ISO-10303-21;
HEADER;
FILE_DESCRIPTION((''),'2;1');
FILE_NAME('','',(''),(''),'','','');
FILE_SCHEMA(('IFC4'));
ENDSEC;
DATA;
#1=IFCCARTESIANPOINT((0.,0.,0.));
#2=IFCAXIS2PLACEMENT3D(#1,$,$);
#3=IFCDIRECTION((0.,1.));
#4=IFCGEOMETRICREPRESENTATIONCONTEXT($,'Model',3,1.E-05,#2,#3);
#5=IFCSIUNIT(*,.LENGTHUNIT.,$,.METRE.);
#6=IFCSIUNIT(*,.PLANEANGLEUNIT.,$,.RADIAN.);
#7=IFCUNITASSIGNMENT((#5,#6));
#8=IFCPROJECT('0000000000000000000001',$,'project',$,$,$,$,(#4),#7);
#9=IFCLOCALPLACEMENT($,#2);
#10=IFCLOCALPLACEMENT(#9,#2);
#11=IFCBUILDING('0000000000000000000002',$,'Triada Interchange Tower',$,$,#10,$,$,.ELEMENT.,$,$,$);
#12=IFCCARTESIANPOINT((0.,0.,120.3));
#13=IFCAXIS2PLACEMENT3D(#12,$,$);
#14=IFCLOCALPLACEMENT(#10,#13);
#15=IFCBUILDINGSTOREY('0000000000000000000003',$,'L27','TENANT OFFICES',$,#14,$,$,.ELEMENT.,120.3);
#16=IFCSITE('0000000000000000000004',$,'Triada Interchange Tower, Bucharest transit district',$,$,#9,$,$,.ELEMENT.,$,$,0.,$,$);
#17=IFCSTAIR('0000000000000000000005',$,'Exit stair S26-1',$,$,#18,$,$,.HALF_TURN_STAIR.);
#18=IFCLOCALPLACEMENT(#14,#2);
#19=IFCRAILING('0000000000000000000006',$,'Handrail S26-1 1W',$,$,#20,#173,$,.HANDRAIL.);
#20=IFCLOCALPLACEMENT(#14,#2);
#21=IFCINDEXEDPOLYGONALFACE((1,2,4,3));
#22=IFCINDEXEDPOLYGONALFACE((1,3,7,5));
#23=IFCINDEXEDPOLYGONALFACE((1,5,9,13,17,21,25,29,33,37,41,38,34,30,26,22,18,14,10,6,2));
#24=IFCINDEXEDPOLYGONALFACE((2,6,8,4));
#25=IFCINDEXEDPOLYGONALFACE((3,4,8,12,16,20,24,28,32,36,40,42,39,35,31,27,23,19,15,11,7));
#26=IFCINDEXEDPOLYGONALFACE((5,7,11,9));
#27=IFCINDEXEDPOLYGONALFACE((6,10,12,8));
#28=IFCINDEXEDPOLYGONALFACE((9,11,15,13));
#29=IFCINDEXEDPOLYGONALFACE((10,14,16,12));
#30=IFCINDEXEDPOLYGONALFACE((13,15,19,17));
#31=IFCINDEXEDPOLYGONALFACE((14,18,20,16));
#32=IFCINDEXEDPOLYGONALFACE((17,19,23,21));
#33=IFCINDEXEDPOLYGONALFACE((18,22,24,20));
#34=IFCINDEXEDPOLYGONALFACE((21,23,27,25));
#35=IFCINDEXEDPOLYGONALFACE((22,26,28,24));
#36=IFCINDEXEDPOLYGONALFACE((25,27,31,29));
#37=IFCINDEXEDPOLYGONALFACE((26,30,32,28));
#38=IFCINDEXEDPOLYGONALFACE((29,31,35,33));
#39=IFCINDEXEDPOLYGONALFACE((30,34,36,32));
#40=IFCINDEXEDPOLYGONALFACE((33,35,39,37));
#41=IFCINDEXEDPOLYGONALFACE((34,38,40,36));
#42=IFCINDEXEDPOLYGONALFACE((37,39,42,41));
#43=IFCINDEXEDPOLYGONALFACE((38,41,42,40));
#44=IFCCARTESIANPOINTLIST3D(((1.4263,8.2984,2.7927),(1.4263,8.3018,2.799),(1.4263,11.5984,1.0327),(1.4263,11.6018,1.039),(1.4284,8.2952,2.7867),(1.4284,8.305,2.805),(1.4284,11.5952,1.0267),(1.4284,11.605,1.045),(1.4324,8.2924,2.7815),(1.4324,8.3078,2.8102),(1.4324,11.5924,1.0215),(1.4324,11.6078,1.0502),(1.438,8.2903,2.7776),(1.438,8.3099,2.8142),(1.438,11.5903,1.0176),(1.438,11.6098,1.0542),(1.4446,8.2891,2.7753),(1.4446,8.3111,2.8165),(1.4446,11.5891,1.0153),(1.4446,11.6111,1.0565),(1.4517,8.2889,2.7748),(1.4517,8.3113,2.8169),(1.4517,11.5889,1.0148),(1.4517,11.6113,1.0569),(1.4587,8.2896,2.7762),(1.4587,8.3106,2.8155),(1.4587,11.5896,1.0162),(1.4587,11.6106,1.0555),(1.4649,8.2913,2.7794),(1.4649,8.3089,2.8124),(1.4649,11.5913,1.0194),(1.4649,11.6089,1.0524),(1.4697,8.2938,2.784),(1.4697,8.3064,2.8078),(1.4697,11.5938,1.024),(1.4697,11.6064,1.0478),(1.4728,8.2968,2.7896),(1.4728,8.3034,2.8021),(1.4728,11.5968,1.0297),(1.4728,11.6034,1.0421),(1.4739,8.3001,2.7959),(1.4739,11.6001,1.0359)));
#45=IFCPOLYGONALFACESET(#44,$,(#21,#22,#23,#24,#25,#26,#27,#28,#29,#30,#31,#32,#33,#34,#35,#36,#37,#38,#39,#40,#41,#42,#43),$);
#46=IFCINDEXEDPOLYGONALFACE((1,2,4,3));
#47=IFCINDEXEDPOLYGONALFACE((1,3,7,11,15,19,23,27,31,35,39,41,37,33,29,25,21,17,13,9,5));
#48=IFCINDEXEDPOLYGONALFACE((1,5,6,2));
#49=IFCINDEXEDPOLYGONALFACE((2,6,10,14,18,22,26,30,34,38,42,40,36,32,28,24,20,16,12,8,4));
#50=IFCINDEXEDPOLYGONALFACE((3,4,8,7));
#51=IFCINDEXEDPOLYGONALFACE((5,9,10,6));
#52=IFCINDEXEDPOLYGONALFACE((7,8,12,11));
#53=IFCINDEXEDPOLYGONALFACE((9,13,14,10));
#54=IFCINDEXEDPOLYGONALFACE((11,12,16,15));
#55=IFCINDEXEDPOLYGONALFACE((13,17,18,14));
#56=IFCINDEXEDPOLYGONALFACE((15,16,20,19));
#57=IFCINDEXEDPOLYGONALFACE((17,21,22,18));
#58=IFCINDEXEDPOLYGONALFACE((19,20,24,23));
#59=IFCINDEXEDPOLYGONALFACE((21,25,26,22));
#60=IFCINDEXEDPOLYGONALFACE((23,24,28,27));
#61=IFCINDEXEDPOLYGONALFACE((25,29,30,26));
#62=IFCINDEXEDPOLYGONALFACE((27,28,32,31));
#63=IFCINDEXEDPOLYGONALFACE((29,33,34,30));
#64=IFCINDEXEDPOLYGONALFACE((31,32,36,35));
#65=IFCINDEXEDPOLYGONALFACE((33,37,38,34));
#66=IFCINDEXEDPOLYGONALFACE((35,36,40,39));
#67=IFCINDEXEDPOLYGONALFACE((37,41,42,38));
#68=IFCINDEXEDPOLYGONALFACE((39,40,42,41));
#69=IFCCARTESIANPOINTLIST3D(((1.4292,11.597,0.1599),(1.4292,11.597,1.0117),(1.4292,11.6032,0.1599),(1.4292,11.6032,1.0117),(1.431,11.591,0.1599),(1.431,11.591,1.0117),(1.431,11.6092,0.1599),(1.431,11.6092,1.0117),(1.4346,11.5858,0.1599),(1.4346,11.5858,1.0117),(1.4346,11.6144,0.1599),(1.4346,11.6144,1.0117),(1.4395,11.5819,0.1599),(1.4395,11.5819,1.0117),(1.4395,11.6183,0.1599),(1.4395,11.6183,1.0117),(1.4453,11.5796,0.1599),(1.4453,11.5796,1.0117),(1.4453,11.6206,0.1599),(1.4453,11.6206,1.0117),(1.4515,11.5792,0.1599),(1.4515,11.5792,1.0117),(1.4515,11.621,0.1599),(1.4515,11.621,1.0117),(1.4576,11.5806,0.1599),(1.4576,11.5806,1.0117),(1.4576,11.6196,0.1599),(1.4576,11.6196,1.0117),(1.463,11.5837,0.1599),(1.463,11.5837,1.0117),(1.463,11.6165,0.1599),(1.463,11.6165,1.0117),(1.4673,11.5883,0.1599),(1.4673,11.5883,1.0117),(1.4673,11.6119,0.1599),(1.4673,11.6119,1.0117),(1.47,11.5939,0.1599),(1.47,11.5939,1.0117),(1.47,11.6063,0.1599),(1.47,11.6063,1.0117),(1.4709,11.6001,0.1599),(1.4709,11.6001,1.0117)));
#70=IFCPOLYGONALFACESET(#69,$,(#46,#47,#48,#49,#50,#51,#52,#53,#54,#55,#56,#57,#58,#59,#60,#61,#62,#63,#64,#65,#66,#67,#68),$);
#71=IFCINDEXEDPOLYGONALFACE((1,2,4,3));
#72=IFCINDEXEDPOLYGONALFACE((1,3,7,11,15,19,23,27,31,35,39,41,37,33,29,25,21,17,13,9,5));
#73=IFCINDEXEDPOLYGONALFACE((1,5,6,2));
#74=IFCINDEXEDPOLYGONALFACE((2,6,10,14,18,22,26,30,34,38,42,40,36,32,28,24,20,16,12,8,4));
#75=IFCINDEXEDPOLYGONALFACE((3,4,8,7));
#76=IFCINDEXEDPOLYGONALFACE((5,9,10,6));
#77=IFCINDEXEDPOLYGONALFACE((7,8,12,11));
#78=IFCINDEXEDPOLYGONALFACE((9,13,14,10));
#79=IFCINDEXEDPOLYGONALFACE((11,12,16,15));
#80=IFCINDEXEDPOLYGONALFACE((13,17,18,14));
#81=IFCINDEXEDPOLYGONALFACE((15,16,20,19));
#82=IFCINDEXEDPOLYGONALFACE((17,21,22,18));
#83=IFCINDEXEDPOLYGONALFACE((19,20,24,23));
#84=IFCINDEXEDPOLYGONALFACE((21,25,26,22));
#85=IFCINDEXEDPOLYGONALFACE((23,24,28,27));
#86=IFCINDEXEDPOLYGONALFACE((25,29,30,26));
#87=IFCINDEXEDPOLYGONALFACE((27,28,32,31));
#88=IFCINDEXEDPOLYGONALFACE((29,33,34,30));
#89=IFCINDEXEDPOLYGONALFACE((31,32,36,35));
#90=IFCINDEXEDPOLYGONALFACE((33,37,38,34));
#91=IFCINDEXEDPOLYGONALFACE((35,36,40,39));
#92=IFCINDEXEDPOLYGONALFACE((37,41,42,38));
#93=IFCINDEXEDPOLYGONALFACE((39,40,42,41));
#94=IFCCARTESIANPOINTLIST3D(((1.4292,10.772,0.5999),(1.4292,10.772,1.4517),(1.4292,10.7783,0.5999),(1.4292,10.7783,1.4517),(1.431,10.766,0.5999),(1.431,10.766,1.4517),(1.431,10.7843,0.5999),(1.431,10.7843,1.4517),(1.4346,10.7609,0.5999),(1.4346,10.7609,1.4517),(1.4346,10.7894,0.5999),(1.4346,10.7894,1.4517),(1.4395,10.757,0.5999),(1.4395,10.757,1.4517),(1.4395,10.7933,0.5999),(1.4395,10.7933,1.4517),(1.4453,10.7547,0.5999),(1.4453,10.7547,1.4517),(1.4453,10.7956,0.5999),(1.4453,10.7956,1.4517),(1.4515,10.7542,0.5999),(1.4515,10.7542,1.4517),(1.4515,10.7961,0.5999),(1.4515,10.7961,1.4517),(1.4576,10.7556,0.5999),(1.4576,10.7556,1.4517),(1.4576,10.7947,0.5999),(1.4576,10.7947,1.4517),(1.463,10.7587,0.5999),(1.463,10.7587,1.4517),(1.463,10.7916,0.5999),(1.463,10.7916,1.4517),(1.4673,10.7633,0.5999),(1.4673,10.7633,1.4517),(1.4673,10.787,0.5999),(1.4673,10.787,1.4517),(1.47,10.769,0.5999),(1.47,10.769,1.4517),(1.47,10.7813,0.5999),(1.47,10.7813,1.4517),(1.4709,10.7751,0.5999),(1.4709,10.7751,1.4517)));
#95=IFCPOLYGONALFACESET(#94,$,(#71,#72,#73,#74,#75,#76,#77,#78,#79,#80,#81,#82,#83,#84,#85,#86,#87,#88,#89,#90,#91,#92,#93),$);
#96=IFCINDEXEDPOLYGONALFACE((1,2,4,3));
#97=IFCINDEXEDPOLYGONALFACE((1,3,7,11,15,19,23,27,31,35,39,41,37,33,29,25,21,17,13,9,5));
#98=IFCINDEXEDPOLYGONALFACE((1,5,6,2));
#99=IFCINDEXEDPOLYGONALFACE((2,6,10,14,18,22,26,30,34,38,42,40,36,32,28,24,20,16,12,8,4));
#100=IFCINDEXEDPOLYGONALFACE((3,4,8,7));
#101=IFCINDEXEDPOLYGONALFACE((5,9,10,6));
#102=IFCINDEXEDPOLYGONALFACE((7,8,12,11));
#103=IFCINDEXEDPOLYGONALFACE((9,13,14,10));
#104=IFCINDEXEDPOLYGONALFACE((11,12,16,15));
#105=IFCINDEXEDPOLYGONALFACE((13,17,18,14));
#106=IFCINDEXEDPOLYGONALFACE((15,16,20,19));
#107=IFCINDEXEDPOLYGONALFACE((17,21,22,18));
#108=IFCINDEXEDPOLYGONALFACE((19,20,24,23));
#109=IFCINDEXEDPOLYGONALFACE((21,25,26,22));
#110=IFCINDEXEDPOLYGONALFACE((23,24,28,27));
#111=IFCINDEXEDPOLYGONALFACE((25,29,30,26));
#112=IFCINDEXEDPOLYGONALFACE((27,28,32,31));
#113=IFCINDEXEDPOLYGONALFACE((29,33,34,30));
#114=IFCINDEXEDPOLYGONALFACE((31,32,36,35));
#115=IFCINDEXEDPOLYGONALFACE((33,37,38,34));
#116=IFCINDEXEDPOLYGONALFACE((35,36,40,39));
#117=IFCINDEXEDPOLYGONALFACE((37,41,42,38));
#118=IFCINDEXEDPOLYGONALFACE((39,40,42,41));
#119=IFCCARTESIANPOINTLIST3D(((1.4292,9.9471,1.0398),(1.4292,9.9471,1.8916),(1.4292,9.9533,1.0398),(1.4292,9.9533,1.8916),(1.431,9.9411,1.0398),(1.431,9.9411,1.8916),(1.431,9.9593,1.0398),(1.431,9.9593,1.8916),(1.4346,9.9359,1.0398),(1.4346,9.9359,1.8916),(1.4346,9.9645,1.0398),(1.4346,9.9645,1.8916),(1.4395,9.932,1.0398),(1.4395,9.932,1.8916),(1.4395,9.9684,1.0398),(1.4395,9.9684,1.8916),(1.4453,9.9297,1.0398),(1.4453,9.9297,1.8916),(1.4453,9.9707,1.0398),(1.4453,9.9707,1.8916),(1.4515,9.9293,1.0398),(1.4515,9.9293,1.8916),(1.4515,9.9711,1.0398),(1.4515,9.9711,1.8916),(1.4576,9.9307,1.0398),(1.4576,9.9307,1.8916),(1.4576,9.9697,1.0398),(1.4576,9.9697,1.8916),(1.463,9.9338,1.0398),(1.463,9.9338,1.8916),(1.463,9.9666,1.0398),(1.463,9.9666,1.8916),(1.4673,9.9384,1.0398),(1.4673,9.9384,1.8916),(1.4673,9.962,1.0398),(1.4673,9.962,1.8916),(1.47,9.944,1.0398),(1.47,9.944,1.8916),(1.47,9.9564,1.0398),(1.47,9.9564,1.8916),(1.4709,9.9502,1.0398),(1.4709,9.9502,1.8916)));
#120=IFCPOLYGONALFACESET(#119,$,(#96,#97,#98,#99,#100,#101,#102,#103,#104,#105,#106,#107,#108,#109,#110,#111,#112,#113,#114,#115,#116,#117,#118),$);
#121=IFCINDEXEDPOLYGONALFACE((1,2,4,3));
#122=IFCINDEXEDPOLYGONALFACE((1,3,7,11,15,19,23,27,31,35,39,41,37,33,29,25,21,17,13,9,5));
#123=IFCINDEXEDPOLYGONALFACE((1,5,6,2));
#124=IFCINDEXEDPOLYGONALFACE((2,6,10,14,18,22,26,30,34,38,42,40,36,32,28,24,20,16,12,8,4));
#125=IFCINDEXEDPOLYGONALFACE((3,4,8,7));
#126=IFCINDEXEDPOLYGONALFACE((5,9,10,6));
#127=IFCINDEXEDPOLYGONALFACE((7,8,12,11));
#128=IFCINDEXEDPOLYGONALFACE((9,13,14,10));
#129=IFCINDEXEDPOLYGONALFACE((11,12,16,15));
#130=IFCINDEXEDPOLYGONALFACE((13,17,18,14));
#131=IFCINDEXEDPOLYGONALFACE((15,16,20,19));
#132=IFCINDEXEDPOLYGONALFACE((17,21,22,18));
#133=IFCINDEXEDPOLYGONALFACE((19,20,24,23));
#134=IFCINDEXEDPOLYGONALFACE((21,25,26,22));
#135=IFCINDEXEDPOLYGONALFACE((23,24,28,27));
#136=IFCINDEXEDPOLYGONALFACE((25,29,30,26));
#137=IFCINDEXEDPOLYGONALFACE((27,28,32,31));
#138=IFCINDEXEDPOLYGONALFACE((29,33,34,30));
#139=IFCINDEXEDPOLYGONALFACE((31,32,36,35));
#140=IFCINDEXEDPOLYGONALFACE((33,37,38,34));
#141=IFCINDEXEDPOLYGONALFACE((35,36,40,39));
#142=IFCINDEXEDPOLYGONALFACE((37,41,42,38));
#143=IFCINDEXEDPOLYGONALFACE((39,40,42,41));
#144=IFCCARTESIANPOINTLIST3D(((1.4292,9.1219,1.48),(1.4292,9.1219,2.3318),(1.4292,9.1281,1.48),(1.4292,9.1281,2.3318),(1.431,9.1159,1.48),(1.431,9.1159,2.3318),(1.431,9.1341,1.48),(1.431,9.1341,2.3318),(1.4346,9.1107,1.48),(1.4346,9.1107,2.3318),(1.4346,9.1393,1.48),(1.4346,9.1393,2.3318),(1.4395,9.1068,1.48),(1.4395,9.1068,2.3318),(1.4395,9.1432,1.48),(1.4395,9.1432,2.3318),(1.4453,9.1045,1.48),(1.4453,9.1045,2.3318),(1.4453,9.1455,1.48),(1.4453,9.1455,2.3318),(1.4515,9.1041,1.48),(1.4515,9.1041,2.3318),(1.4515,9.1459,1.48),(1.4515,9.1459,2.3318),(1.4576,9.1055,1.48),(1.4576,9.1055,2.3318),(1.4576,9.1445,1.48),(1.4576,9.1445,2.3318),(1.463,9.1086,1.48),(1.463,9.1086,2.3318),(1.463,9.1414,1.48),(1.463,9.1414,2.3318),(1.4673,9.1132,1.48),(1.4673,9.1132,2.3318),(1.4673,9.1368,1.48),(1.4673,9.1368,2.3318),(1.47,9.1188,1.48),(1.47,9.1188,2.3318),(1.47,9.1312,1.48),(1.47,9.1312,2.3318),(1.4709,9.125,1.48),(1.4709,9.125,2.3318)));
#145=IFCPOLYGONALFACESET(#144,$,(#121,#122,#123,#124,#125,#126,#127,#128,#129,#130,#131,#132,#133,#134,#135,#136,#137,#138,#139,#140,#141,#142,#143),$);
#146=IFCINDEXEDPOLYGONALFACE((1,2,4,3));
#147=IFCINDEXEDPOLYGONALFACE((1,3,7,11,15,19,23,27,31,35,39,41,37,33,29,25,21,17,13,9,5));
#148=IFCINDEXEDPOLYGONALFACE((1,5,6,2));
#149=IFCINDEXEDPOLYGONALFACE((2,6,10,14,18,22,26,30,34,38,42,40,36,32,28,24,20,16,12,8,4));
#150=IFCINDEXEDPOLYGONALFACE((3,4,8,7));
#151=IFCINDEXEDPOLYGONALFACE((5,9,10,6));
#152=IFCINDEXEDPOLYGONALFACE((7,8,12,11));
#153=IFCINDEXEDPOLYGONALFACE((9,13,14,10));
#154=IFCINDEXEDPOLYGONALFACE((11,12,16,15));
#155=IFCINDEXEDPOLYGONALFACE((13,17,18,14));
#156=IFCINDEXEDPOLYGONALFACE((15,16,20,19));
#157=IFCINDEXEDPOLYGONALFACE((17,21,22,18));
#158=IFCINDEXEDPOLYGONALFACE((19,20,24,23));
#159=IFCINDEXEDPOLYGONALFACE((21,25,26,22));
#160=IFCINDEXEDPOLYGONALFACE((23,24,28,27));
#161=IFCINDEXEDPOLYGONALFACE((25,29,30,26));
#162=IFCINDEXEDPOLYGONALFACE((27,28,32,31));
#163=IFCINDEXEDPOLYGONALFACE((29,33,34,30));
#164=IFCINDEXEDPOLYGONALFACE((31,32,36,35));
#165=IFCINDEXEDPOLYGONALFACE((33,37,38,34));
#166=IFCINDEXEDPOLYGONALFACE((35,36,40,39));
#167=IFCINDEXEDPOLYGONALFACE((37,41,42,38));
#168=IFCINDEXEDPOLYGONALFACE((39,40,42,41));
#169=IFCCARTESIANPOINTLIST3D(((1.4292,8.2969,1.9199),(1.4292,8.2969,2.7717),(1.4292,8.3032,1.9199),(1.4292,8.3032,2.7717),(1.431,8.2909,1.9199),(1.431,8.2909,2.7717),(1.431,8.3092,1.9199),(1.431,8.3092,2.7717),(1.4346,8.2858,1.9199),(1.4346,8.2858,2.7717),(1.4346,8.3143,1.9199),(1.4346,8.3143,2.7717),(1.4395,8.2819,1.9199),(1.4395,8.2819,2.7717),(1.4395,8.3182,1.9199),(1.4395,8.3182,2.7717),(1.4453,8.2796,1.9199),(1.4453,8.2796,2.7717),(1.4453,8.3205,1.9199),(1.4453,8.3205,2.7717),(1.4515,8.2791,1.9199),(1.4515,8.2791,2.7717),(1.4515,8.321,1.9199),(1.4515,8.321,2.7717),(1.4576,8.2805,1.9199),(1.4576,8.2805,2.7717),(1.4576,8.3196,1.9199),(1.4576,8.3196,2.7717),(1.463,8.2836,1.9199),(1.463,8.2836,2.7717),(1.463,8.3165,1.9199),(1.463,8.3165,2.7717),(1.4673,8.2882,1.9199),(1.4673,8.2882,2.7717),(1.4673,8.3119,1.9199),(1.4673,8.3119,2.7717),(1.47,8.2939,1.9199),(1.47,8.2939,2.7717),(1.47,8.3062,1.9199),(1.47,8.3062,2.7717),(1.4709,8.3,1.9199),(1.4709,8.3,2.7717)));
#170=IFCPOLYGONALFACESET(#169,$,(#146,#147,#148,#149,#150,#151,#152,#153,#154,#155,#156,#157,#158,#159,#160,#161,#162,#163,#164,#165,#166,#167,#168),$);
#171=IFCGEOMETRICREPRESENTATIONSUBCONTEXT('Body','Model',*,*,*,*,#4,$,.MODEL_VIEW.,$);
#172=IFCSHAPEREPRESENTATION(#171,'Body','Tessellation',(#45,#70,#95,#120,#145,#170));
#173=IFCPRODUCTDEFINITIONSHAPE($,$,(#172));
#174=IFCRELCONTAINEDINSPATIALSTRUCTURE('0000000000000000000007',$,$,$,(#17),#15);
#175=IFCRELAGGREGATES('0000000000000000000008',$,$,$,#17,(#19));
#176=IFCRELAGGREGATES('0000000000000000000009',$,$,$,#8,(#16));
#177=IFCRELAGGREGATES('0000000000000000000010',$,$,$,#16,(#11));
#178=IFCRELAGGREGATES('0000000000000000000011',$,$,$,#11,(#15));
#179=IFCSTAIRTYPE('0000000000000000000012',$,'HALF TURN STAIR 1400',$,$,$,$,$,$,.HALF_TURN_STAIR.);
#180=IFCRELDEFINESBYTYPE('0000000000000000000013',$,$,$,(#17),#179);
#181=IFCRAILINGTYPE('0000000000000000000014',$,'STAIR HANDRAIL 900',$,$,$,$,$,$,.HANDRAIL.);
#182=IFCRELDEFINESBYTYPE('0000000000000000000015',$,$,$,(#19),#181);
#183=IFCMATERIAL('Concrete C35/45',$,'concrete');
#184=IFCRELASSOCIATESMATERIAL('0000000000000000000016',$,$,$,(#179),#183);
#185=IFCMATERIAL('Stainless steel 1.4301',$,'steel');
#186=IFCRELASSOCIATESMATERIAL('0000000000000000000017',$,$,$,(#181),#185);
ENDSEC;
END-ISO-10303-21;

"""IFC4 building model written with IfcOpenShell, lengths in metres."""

from ifc_helpers import new_model, si_unit, direction, frame, origin, origin_2d, place, context, subcontext, project, spatial, circle, extrude, material, type_object, element, aggregate, save


model = new_model("IFC4")

# Units and contexts
model_context = context("Model", 3, precision=1e-05, world=origin(), true_north=direction((0.0, 1.0)))
body_context = subcontext(model_context, "Body", "Model", "MODEL_VIEW")
ifc_project = project(units=[si_unit("LENGTHUNIT", "METRE"), si_unit("PLANEANGLEUNIT", "RADIAN")], contexts=[model_context])

# Site, building, storey
site_placement = place(None, origin())
site = spatial("IfcSite", under=ifc_project, at=site_placement, Name="Triada Interchange Tower, Bucharest transit district", CompositionType="ELEMENT", RefElevation=0.0)
building_placement = place(site_placement, origin())
building = spatial("IfcBuilding", under=site, at=building_placement, Name="Triada Interchange Tower", CompositionType="ELEMENT")
storey_placement = place(building_placement, frame((0.0, 0.0, 120.3)))
storey = spatial("IfcBuildingStorey", under=building, at=storey_placement, Name="L27", Description="TENANT OFFICES", CompositionType="ELEMENT", Elevation=120.3)

# Stair
ifc_material_1 = material(Name="Concrete C35/45", Category="concrete")
stair_type = type_object("IfcStairType", Name="HALF TURN STAIR 1400", PredefinedType="HALF_TURN_STAIR", material=ifc_material_1)
stair_placement = place(storey_placement, origin())
stair = element("IfcStair", 1, at=stair_placement, inside=storey, type_object=stair_type, Name="Exit stair S26-1", PredefinedType="HALF_TURN_STAIR")

# Railing
ifc_material_2 = material(Name="Stainless steel 1.4301", Category="steel")
railing_type = type_object("IfcRailingType", Name="STAIR HANDRAIL 900", PredefinedType="HANDRAIL", material=ifc_material_2)
railing_1_placement = place(storey_placement, frame((1.45, 11.6001, 0.1599)))
railing_1 = element("IfcRailing", 2, at=railing_1_placement, type_object=railing_type, Name="Handrail S26-1 1W", PredefinedType="HANDRAIL", context=body_context, shape_type="SweptSolid", body=[
    extrude(circle(Radius=0.0239, at=origin_2d()), frame((0.0, 0.0, 0.876), z_axis=(0.0, -0.882355, 0.470585), x_axis=(1.0, 0.0, 0.0)), (0.0, 0.0, 1.0), 3.74),
    extrude(circle(Radius=0.021, at=origin_2d()), origin(), (0.0, 0.0, 1.0), 0.8518),
    extrude(circle(Radius=0.021, at=origin_2d()), frame((0.0, -0.825, 0.4399)), (0.0, 0.0, 1.0), 0.8518),
    extrude(circle(Radius=0.021, at=origin_2d()), frame((0.0, -1.6499, 0.8799)), (0.0, 0.0, 1.0), 0.8518),
    extrude(circle(Radius=0.021, at=origin_2d()), frame((0.0, -2.4751, 1.3201)), (0.0, 0.0, 1.0), 0.8518),
    extrude(circle(Radius=0.021, at=origin_2d()), frame((0.0, -3.3, 1.76)), (0.0, 0.0, 1.0), 0.8518),
])
aggregate(stair, [railing_1])

save(model, "model.ifc")
